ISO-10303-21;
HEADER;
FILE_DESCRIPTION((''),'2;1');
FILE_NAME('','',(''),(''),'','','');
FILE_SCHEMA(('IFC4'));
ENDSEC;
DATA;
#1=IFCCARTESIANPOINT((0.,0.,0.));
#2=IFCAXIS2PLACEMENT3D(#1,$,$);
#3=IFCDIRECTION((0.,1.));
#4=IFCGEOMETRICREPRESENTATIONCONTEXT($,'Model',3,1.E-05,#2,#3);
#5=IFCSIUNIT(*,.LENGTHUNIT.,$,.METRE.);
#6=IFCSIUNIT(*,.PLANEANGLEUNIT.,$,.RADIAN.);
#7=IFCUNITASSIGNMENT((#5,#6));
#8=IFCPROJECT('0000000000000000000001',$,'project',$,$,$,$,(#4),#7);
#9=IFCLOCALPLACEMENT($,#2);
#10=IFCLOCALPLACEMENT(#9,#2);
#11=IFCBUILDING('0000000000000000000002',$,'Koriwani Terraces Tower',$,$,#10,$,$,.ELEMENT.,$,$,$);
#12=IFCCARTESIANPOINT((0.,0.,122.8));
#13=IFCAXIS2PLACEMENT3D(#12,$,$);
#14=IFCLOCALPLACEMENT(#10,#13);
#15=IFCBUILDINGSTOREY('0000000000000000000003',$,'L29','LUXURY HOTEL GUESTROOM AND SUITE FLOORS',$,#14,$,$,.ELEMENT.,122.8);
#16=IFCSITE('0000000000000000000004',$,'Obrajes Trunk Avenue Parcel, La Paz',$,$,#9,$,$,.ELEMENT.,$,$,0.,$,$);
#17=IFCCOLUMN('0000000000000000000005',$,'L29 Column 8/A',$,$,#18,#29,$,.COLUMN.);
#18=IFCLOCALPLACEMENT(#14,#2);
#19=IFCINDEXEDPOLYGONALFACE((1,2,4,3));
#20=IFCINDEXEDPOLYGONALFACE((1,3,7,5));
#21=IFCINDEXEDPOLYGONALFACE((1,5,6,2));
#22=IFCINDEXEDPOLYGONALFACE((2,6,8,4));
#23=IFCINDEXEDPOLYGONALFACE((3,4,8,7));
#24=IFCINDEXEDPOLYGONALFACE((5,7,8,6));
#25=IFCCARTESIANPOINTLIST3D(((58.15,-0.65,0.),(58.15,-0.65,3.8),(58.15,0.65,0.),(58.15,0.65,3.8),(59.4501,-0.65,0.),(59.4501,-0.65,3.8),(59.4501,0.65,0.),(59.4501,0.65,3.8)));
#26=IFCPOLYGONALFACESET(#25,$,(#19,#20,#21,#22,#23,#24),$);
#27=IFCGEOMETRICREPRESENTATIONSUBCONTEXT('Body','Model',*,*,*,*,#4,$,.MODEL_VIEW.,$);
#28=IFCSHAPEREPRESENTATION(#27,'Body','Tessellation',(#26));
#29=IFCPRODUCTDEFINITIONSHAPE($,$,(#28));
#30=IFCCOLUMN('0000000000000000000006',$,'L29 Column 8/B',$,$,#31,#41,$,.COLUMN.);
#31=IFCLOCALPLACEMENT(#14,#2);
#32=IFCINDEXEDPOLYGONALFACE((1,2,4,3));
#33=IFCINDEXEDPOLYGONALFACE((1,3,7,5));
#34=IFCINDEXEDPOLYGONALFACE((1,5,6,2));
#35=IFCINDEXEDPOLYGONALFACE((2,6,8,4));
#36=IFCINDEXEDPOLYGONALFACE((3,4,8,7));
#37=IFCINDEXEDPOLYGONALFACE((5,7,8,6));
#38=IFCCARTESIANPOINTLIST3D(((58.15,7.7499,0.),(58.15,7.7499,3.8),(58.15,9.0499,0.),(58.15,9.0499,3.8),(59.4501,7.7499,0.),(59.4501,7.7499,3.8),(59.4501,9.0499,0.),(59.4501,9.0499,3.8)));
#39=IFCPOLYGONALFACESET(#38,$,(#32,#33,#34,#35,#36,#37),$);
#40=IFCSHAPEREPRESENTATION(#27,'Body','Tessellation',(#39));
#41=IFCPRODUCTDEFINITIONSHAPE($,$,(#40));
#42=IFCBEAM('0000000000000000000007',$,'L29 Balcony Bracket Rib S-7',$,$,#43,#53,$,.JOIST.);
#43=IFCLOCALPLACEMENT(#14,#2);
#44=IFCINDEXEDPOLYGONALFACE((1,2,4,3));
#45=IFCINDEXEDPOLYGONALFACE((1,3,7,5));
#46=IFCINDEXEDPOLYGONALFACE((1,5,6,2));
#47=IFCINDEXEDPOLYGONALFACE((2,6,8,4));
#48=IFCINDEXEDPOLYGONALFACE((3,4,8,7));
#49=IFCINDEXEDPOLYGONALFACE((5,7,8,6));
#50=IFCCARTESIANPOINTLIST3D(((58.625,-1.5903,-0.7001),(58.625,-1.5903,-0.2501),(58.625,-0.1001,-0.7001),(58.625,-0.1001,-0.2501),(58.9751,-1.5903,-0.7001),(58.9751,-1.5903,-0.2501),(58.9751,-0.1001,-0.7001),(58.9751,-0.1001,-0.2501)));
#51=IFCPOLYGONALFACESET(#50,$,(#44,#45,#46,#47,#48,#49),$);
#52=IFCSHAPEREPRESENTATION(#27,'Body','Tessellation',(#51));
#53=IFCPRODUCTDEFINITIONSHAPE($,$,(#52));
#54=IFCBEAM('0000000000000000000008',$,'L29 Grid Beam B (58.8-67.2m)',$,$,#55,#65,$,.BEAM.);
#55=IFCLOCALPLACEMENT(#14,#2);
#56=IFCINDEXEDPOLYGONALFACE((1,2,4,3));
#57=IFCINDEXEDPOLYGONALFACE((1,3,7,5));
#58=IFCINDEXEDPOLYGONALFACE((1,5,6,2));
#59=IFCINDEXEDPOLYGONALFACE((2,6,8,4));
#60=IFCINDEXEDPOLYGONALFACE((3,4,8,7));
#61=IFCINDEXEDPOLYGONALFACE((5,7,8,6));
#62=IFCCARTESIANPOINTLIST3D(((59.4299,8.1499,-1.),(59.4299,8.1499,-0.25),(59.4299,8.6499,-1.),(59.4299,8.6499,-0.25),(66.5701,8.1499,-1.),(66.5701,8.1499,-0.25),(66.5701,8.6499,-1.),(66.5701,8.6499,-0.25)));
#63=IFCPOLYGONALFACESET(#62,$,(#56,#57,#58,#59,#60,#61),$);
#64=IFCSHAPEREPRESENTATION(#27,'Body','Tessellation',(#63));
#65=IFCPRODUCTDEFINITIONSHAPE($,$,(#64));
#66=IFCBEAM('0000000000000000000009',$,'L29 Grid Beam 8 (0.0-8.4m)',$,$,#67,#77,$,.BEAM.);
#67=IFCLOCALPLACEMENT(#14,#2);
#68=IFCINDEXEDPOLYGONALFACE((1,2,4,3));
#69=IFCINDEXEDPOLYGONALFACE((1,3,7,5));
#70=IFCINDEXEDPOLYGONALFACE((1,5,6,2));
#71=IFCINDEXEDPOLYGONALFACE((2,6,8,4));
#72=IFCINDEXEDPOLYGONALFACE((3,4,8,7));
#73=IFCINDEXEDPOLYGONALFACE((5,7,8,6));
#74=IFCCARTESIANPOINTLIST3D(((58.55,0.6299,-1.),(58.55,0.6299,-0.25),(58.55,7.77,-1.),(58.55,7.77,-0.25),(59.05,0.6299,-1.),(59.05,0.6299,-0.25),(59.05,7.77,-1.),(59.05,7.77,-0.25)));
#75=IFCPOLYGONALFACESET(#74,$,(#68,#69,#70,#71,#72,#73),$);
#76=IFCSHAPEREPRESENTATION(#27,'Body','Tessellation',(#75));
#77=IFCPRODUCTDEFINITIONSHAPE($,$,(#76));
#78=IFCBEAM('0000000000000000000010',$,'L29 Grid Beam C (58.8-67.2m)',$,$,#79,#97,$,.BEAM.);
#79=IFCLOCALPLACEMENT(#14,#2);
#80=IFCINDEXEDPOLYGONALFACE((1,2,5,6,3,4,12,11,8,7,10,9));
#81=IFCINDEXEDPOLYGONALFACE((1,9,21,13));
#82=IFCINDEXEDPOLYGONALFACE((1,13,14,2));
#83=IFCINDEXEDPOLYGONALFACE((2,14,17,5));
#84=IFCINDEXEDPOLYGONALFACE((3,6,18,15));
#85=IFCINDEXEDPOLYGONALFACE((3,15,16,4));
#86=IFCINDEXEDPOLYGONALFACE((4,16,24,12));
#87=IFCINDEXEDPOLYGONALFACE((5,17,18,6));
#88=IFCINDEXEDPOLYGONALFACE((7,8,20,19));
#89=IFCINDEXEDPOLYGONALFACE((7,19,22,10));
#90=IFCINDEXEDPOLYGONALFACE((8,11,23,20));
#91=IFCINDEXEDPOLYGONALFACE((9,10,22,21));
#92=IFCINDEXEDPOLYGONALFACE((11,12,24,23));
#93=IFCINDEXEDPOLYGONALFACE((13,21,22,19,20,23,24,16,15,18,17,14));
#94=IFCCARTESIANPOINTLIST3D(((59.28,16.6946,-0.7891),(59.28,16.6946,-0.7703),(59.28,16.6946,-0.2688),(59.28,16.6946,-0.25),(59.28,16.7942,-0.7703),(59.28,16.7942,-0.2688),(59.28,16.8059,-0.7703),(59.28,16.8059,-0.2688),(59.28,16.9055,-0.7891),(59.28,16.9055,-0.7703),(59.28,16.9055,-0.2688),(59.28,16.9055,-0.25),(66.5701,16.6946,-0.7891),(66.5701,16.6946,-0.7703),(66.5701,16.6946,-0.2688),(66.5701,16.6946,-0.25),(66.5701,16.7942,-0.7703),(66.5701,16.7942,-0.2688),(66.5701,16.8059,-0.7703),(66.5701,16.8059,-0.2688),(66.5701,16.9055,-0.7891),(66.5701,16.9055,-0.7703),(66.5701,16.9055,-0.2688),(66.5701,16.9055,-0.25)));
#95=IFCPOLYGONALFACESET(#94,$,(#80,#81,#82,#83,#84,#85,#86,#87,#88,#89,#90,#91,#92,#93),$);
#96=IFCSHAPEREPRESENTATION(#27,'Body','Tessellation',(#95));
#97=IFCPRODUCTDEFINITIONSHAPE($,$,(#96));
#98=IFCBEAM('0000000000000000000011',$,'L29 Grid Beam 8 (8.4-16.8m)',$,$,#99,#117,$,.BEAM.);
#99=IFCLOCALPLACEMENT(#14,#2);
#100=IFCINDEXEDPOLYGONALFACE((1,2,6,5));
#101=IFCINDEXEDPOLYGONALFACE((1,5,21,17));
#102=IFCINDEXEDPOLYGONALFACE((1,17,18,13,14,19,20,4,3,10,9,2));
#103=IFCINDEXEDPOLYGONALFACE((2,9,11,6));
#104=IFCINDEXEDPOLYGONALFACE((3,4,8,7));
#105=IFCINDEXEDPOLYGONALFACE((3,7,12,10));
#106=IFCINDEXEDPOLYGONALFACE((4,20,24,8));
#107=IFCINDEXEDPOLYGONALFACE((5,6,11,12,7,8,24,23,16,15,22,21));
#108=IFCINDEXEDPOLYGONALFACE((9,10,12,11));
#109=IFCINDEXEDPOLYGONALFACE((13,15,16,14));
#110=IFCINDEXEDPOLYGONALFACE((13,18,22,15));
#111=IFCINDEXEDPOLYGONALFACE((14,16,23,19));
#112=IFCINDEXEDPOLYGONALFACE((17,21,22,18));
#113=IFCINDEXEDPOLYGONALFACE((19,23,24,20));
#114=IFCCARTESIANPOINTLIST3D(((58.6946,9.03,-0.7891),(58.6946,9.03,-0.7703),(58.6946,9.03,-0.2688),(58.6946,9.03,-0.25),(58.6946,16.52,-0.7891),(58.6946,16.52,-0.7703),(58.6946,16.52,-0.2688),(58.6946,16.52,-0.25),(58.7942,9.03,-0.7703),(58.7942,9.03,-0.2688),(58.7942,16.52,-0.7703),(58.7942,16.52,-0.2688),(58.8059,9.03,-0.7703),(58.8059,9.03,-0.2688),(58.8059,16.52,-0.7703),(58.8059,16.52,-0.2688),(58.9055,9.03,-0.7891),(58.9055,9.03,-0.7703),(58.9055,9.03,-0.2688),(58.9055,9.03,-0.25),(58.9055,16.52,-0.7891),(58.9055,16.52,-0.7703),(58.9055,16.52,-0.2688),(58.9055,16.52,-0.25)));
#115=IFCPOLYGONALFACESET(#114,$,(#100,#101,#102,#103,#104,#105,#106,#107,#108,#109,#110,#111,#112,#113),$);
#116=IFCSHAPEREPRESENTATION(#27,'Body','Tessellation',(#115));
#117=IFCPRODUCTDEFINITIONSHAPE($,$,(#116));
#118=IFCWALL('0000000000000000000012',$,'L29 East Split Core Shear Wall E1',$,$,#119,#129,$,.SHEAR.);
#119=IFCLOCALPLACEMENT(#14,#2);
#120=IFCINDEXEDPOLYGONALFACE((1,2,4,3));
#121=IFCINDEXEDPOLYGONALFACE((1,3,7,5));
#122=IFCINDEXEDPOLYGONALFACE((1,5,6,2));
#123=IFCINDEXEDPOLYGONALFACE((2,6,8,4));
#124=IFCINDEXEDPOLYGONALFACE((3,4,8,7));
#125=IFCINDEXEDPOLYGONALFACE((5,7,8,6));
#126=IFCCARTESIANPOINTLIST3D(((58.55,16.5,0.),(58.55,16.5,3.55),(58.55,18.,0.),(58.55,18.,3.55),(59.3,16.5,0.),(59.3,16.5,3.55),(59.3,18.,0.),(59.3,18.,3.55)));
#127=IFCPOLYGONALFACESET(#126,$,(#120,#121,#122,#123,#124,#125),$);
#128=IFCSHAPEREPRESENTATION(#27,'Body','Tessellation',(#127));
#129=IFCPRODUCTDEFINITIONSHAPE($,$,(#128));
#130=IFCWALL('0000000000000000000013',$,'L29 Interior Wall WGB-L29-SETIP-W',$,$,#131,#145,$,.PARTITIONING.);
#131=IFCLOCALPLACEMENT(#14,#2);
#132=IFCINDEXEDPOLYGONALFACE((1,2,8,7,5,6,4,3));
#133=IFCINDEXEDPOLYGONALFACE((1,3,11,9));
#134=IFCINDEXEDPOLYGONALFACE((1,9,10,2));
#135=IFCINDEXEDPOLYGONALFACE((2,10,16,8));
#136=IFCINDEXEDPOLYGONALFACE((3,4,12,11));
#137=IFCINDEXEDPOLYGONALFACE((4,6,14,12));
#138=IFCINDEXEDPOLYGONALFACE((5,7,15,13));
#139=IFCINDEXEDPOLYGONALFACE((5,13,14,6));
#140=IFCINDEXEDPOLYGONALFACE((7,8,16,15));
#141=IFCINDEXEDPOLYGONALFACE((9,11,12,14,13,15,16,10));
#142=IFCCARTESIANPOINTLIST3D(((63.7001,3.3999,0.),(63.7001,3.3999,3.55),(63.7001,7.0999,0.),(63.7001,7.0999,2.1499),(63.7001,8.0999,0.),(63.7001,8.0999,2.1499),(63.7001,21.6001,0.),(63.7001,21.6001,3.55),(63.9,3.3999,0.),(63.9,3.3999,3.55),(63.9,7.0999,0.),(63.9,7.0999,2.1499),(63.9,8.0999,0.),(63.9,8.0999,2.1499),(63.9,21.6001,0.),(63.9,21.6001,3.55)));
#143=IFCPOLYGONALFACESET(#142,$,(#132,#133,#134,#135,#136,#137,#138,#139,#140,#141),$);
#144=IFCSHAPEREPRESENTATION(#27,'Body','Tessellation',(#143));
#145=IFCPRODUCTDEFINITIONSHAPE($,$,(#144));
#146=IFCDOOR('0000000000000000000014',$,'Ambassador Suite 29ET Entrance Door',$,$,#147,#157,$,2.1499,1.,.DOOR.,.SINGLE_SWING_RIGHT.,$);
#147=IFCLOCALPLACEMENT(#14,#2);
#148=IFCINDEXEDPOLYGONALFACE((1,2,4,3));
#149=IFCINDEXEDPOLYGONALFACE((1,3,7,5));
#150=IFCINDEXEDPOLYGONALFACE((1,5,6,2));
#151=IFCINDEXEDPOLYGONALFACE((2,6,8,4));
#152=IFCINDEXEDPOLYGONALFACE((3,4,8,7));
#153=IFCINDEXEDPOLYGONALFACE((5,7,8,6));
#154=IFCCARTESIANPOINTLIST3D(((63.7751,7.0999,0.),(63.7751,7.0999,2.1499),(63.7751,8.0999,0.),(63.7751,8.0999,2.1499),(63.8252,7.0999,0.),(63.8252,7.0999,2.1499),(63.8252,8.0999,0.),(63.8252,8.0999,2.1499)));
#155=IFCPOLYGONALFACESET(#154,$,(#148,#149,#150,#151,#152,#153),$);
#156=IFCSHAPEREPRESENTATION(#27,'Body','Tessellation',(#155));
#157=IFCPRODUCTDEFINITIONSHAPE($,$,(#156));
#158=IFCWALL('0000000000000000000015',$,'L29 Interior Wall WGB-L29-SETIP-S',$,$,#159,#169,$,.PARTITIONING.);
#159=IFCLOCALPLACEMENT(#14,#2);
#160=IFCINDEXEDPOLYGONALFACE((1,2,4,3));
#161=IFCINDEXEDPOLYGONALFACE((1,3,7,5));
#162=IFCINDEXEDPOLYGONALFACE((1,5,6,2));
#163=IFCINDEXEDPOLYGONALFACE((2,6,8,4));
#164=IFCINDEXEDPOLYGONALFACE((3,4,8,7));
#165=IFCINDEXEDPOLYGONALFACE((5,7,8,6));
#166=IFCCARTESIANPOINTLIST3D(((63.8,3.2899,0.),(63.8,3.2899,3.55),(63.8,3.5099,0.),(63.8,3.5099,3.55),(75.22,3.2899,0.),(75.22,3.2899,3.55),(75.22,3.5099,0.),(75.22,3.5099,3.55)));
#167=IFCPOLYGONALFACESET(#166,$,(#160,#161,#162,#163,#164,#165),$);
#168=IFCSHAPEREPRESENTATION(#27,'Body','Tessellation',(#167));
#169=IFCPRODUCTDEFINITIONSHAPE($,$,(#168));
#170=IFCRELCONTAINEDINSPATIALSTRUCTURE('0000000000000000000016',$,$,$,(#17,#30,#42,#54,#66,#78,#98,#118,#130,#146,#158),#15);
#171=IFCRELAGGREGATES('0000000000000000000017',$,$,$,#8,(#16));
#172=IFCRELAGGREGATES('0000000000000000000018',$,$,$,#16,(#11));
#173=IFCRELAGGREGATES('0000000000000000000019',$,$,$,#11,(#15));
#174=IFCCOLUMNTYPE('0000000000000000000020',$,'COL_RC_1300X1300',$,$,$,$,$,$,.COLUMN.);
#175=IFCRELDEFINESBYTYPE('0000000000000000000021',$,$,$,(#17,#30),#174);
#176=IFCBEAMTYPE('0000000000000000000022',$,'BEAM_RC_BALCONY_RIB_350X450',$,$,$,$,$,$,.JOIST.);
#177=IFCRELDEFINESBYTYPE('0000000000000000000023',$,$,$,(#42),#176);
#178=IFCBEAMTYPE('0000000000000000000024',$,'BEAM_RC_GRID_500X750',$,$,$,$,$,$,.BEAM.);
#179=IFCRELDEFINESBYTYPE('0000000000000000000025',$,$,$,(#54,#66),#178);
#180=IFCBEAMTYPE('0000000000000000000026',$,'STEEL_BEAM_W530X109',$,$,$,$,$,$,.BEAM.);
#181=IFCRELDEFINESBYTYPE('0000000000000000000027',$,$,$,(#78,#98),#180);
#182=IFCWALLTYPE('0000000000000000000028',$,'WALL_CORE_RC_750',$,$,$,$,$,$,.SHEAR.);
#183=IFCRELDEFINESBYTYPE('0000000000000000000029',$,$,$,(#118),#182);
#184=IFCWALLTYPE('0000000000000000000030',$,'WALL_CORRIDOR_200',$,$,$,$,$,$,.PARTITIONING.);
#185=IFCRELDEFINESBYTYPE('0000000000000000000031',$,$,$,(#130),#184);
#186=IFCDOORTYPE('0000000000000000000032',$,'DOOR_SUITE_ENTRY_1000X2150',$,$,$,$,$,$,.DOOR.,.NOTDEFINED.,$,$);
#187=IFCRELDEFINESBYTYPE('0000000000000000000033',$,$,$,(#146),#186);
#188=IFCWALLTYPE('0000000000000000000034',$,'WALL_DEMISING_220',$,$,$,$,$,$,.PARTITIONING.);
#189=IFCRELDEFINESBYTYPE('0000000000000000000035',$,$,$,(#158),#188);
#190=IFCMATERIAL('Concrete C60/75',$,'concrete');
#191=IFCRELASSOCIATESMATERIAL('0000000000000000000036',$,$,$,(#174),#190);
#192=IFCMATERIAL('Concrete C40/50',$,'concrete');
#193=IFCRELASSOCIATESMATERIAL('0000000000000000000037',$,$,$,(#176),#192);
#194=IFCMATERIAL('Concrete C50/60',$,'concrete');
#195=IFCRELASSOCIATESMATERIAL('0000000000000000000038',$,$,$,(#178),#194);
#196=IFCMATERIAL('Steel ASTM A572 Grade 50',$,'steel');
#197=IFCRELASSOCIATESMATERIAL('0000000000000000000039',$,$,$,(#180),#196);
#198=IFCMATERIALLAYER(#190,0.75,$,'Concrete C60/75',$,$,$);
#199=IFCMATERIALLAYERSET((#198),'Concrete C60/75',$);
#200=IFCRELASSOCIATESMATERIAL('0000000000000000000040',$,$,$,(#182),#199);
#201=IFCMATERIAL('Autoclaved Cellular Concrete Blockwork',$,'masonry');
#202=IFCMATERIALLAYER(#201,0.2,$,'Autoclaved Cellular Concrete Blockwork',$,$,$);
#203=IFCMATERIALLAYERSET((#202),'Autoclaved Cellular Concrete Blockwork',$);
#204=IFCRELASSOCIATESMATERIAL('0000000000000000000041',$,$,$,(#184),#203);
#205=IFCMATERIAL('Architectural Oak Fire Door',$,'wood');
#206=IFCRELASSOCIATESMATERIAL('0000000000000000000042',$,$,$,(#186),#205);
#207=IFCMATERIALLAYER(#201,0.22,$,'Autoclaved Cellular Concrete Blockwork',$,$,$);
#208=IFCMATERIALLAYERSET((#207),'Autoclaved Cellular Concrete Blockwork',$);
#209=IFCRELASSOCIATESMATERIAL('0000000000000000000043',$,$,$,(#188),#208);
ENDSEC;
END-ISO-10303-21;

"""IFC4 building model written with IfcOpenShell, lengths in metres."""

from ifc_helpers import new_model, si_unit, direction, frame, frame_2d, origin, origin_2d, place, context, subcontext, project, spatial, rectangle, i_section, extrude, material, layer, layer_set, material_profile, profile_set, type_object, element, fill, save


model = new_model("IFC4")

# Units and contexts
model_context = context("Model", 3, precision=1e-05, world=origin(), true_north=direction((0.0, 1.0)))
body_context = subcontext(model_context, "Body", "Model", "MODEL_VIEW")
ifc_project = project(units=[si_unit("LENGTHUNIT", "METRE"), si_unit("PLANEANGLEUNIT", "RADIAN")], contexts=[model_context])

# Site, building, storey
site_placement = place(None, origin())
site = spatial("IfcSite", under=ifc_project, at=site_placement, Name="Obrajes Trunk Avenue Parcel, La Paz", CompositionType="ELEMENT", RefElevation=0.0)
building_placement = place(site_placement, origin())
building = spatial("IfcBuilding", under=site, at=building_placement, Name="Koriwani Terraces Tower", CompositionType="ELEMENT")
storey_placement = place(building_placement, frame((0.0, 0.0, 122.8)))
storey = spatial("IfcBuildingStorey", under=building, at=storey_placement, Name="L29", Description="LUXURY HOTEL GUESTROOM AND SUITE FLOORS", CompositionType="ELEMENT", Elevation=122.8)

# Columns
ifc_material_1 = material(Name="Concrete C60/75", Category="concrete")
ifc_material_profile_1 = material_profile(ifc_material_1, rectangle(XDim=1.3, YDim=1.3, at=origin_2d()), Name="Concrete C60/75", Category="LoadBearing")
ifc_profile_set_1 = profile_set([ifc_material_profile_1], Name="Concrete C60/75")
column_type = type_object("IfcColumnType", Name="COL_RC_1300X1300", PredefinedType="COLUMN", material=ifc_profile_set_1)
for number, where, z_axis, x_axis, name in (
    (1, (58.8, 0.0, 0.0), (0.0, 0.0, 1.0), (1.0, 0.0, 0.0), "L29 Column 8/A"),
    (2, (58.8, 8.3999, 0.0), (0.0, 0.0, 1.0), (1.0, 0.0, 0.0), "L29 Column 8/B"),
):
    element("IfcColumn", number, at=place(storey_placement, frame(where, z_axis=z_axis, x_axis=x_axis)), inside=storey, type_object=column_type, Name=name, PredefinedType="COLUMN", context=body_context, shape_type="SweptSolid", body=[
        extrude(rectangle(XDim=1.3, YDim=1.3, at=origin_2d()), origin(), (0.0, 0.0, 1.0), 3.8),
    ])

# Beams
ifc_material_2 = material(Name="Concrete C40/50", Category="concrete")
ifc_material_profile_2 = material_profile(ifc_material_2, rectangle(XDim=0.3501, YDim=0.45, at=origin_2d()), Name="Concrete C40/50", Category="LoadBearing")
ifc_profile_set_2 = profile_set([ifc_material_profile_2], Name="Concrete C40/50")
beam_type_1 = type_object("IfcBeamType", Name="BEAM_RC_BALCONY_RIB_350X450", PredefinedType="JOIST", material=ifc_profile_set_2)
beam_1_placement = place(storey_placement, frame((58.8, -1.5903, -0.4751), z_axis=(0.0, 1.0, 0.0), x_axis=(-1.0, 0.0, 0.0)))
element("IfcBeam", 3, at=beam_1_placement, inside=storey, type_object=beam_type_1, Name="L29 Balcony Bracket Rib S-7", PredefinedType="JOIST", context=body_context, shape_type="SweptSolid", body=[
    extrude(rectangle(XDim=0.3501, YDim=0.45, at=origin_2d()), origin(), (0.0, 0.0, 1.0), 1.4902),
])
ifc_material_3 = material(Name="Concrete C50/60", Category="concrete")
ifc_material_profile_3 = material_profile(ifc_material_3, rectangle(XDim=0.5, YDim=0.75, at=origin_2d()), Name="Concrete C50/60", Category="LoadBearing")
ifc_profile_set_3 = profile_set([ifc_material_profile_3], Name="Concrete C50/60")
beam_type_2 = type_object("IfcBeamType", Name="BEAM_RC_GRID_500X750", PredefinedType="BEAM", material=ifc_profile_set_3)
for number, where, z_axis, x_axis, name in (
    (4, (59.4299, 8.3999, -0.625), (1.0, 0.0, 0.0), (0.0, 1.0, 0.0), "L29 Grid Beam B (58.8-67.2m)"),
    (5, (58.8, 0.6299, -0.625), (0.0, 1.0, 0.0), (-1.0, 0.0, 0.0), "L29 Grid Beam 8 (0.0-8.4m)"),
):
    element("IfcBeam", number, at=place(storey_placement, frame(where, z_axis=z_axis, x_axis=x_axis)), inside=storey, type_object=beam_type_2, Name=name, PredefinedType="BEAM", context=body_context, shape_type="SweptSolid", body=[
        extrude(rectangle(XDim=0.5, YDim=0.75, at=origin_2d()), origin(), (0.0, 0.0, 1.0), 7.1401),
    ])
ifc_material_4 = material(Name="Steel ASTM A572 Grade 50", Category="steel")
ifc_material_profile_4 = material_profile(ifc_material_4, i_section(OverallWidth=0.2109, OverallDepth=0.5391, WebThickness=0.0117, FlangeThickness=0.0188, at=origin_2d()), Name="Steel ASTM A572 Grade 50", Category="LoadBearing")
ifc_profile_set_4 = profile_set([ifc_material_profile_4], Name="Steel ASTM A572 Grade 50")
beam_type_3 = type_object("IfcBeamType", Name="STEEL_BEAM_W530X109", PredefinedType="BEAM", material=ifc_profile_set_4)
beam_2_placement = place(storey_placement, frame((59.28, 16.8, -0.5195), z_axis=(1.0, 0.0, 0.0), x_axis=(0.0, 1.0, 0.0)))
element("IfcBeam", 6, at=beam_2_placement, inside=storey, type_object=beam_type_3, Name="L29 Grid Beam C (58.8-67.2m)", PredefinedType="BEAM", context=body_context, shape_type="SweptSolid", body=[
    extrude(i_section(OverallWidth=0.2109, OverallDepth=0.5391, WebThickness=0.0117, FlangeThickness=0.0188, at=origin_2d()), origin(), (0.0, 0.0, 1.0), 7.29),
])
beam_3_placement = place(storey_placement, frame((58.8, 9.03, -0.5195), z_axis=(0.0, 1.0, 0.0), x_axis=(-1.0, 0.0, 0.0)))
element("IfcBeam", 7, at=beam_3_placement, inside=storey, type_object=beam_type_3, Name="L29 Grid Beam 8 (8.4-16.8m)", PredefinedType="BEAM", context=body_context, shape_type="SweptSolid", body=[
    extrude(i_section(OverallWidth=0.2109, OverallDepth=0.5391, WebThickness=0.0117, FlangeThickness=0.0188, at=origin_2d()), origin(), (0.0, 0.0, 1.0), 7.49),
])

# Wall
ifc_layer_1 = layer(ifc_material_1, 0.75, Name="Concrete C60/75")
ifc_layer_set_1 = layer_set([ifc_layer_1], Name="Concrete C60/75")
wall_type_1 = type_object("IfcWallType", Name="WALL_CORE_RC_750", PredefinedType="SHEAR", material=ifc_layer_set_1)
wall_1_placement = place(storey_placement, frame((58.925, 16.5, 0.0), z_axis=(0.0, 0.0, 1.0), x_axis=(0.0, 1.0, 0.0)))
element("IfcWall", 8, at=wall_1_placement, inside=storey, type_object=wall_type_1, Name="L29 East Split Core Shear Wall E1", PredefinedType="SHEAR", context=body_context, shape_type="SweptSolid", body=[
    extrude(rectangle(XDim=1.5, YDim=0.75, at=frame_2d((0.75, 0.0))), origin(), (0.0, 0.0, 1.0), 3.55),
])

# Wall, opening, door
ifc_material_5 = material(Name="Autoclaved Cellular Concrete Blockwork", Category="masonry")
ifc_layer_2 = layer(ifc_material_5, 0.2, Name="Autoclaved Cellular Concrete Blockwork")
ifc_layer_set_2 = layer_set([ifc_layer_2], Name="Autoclaved Cellular Concrete Blockwork")
wall_type_2 = type_object("IfcWallType", Name="WALL_CORRIDOR_200", PredefinedType="PARTITIONING", material=ifc_layer_set_2)
wall_2_placement = place(storey_placement, frame((63.8, 3.3999, 0.0), z_axis=(0.0, 0.0, 1.0), x_axis=(0.0, 1.0, 0.0)))
wall_2 = element("IfcWall", 9, at=wall_2_placement, inside=storey, type_object=wall_type_2, Name="L29 Interior Wall WGB-L29-SETIP-W", PredefinedType="PARTITIONING", context=body_context, shape_type="SweptSolid", body=[
    extrude(rectangle(XDim=18.2002, YDim=0.2, at=frame_2d((9.1001, 0.0))), origin(), (0.0, 0.0, 1.0), 3.55),
])
opening_placement = place(wall_2_placement, frame((3.7, 0.0, 0.0)))
opening = element("IfcOpeningElement", 10, at=opening_placement, cuts=wall_2, PredefinedType="OPENING", context=body_context, shape_type="SweptSolid", body=[
    extrude(rectangle(XDim=1.0, YDim=2.1499, at=frame_2d((0.5, 1.075))), frame((0.0, 0.1099, 0.0), z_axis=(0.0, -1.0, 0.0), x_axis=(1.0, 0.0, 0.0)), (0.0, 0.0, 1.0), 0.22),
])
ifc_material_6 = material(Name="Architectural Oak Fire Door", Category="wood")
door_type = type_object("IfcDoorType", Name="DOOR_SUITE_ENTRY_1000X2150", OperationType="NOTDEFINED", PredefinedType="DOOR", material=ifc_material_6)
door_placement = place(opening_placement, origin())
door = element("IfcDoor", 11, at=door_placement, inside=storey, type_object=door_type, Name="Ambassador Suite 29ET Entrance Door", OperationType="SINGLE_SWING_RIGHT", OverallHeight=2.1499, OverallWidth=1.0, PredefinedType="DOOR", context=body_context, shape_type="SweptSolid", body=[
    extrude(rectangle(XDim=1.0, YDim=2.1499, at=frame_2d((0.5, 1.075))), frame((0.0, 0.0249, 0.0), z_axis=(0.0, -1.0, 0.0), x_axis=(1.0, 0.0, 0.0)), (0.0, 0.0, 1.0), 0.05),
])
fill(opening, door)

# Wall
ifc_layer_3 = layer(ifc_material_5, 0.22, Name="Autoclaved Cellular Concrete Blockwork")
ifc_layer_set_3 = layer_set([ifc_layer_3], Name="Autoclaved Cellular Concrete Blockwork")
wall_type_3 = type_object("IfcWallType", Name="WALL_DEMISING_220", PredefinedType="PARTITIONING", material=ifc_layer_set_3)
wall_3_placement = place(storey_placement, frame((63.8, 3.3999, 0.0), z_axis=(0.0, 0.0, 1.0), x_axis=(1.0, 0.0, 0.0)))
element("IfcWall", 12, at=wall_3_placement, inside=storey, type_object=wall_type_3, Name="L29 Interior Wall WGB-L29-SETIP-S", PredefinedType="PARTITIONING", context=body_context, shape_type="SweptSolid", body=[
    extrude(rectangle(XDim=11.4199, YDim=0.22, at=frame_2d((5.71, 0.0))), origin(), (0.0, 0.0, 1.0), 3.55),
])

save(model, "model.ifc")
